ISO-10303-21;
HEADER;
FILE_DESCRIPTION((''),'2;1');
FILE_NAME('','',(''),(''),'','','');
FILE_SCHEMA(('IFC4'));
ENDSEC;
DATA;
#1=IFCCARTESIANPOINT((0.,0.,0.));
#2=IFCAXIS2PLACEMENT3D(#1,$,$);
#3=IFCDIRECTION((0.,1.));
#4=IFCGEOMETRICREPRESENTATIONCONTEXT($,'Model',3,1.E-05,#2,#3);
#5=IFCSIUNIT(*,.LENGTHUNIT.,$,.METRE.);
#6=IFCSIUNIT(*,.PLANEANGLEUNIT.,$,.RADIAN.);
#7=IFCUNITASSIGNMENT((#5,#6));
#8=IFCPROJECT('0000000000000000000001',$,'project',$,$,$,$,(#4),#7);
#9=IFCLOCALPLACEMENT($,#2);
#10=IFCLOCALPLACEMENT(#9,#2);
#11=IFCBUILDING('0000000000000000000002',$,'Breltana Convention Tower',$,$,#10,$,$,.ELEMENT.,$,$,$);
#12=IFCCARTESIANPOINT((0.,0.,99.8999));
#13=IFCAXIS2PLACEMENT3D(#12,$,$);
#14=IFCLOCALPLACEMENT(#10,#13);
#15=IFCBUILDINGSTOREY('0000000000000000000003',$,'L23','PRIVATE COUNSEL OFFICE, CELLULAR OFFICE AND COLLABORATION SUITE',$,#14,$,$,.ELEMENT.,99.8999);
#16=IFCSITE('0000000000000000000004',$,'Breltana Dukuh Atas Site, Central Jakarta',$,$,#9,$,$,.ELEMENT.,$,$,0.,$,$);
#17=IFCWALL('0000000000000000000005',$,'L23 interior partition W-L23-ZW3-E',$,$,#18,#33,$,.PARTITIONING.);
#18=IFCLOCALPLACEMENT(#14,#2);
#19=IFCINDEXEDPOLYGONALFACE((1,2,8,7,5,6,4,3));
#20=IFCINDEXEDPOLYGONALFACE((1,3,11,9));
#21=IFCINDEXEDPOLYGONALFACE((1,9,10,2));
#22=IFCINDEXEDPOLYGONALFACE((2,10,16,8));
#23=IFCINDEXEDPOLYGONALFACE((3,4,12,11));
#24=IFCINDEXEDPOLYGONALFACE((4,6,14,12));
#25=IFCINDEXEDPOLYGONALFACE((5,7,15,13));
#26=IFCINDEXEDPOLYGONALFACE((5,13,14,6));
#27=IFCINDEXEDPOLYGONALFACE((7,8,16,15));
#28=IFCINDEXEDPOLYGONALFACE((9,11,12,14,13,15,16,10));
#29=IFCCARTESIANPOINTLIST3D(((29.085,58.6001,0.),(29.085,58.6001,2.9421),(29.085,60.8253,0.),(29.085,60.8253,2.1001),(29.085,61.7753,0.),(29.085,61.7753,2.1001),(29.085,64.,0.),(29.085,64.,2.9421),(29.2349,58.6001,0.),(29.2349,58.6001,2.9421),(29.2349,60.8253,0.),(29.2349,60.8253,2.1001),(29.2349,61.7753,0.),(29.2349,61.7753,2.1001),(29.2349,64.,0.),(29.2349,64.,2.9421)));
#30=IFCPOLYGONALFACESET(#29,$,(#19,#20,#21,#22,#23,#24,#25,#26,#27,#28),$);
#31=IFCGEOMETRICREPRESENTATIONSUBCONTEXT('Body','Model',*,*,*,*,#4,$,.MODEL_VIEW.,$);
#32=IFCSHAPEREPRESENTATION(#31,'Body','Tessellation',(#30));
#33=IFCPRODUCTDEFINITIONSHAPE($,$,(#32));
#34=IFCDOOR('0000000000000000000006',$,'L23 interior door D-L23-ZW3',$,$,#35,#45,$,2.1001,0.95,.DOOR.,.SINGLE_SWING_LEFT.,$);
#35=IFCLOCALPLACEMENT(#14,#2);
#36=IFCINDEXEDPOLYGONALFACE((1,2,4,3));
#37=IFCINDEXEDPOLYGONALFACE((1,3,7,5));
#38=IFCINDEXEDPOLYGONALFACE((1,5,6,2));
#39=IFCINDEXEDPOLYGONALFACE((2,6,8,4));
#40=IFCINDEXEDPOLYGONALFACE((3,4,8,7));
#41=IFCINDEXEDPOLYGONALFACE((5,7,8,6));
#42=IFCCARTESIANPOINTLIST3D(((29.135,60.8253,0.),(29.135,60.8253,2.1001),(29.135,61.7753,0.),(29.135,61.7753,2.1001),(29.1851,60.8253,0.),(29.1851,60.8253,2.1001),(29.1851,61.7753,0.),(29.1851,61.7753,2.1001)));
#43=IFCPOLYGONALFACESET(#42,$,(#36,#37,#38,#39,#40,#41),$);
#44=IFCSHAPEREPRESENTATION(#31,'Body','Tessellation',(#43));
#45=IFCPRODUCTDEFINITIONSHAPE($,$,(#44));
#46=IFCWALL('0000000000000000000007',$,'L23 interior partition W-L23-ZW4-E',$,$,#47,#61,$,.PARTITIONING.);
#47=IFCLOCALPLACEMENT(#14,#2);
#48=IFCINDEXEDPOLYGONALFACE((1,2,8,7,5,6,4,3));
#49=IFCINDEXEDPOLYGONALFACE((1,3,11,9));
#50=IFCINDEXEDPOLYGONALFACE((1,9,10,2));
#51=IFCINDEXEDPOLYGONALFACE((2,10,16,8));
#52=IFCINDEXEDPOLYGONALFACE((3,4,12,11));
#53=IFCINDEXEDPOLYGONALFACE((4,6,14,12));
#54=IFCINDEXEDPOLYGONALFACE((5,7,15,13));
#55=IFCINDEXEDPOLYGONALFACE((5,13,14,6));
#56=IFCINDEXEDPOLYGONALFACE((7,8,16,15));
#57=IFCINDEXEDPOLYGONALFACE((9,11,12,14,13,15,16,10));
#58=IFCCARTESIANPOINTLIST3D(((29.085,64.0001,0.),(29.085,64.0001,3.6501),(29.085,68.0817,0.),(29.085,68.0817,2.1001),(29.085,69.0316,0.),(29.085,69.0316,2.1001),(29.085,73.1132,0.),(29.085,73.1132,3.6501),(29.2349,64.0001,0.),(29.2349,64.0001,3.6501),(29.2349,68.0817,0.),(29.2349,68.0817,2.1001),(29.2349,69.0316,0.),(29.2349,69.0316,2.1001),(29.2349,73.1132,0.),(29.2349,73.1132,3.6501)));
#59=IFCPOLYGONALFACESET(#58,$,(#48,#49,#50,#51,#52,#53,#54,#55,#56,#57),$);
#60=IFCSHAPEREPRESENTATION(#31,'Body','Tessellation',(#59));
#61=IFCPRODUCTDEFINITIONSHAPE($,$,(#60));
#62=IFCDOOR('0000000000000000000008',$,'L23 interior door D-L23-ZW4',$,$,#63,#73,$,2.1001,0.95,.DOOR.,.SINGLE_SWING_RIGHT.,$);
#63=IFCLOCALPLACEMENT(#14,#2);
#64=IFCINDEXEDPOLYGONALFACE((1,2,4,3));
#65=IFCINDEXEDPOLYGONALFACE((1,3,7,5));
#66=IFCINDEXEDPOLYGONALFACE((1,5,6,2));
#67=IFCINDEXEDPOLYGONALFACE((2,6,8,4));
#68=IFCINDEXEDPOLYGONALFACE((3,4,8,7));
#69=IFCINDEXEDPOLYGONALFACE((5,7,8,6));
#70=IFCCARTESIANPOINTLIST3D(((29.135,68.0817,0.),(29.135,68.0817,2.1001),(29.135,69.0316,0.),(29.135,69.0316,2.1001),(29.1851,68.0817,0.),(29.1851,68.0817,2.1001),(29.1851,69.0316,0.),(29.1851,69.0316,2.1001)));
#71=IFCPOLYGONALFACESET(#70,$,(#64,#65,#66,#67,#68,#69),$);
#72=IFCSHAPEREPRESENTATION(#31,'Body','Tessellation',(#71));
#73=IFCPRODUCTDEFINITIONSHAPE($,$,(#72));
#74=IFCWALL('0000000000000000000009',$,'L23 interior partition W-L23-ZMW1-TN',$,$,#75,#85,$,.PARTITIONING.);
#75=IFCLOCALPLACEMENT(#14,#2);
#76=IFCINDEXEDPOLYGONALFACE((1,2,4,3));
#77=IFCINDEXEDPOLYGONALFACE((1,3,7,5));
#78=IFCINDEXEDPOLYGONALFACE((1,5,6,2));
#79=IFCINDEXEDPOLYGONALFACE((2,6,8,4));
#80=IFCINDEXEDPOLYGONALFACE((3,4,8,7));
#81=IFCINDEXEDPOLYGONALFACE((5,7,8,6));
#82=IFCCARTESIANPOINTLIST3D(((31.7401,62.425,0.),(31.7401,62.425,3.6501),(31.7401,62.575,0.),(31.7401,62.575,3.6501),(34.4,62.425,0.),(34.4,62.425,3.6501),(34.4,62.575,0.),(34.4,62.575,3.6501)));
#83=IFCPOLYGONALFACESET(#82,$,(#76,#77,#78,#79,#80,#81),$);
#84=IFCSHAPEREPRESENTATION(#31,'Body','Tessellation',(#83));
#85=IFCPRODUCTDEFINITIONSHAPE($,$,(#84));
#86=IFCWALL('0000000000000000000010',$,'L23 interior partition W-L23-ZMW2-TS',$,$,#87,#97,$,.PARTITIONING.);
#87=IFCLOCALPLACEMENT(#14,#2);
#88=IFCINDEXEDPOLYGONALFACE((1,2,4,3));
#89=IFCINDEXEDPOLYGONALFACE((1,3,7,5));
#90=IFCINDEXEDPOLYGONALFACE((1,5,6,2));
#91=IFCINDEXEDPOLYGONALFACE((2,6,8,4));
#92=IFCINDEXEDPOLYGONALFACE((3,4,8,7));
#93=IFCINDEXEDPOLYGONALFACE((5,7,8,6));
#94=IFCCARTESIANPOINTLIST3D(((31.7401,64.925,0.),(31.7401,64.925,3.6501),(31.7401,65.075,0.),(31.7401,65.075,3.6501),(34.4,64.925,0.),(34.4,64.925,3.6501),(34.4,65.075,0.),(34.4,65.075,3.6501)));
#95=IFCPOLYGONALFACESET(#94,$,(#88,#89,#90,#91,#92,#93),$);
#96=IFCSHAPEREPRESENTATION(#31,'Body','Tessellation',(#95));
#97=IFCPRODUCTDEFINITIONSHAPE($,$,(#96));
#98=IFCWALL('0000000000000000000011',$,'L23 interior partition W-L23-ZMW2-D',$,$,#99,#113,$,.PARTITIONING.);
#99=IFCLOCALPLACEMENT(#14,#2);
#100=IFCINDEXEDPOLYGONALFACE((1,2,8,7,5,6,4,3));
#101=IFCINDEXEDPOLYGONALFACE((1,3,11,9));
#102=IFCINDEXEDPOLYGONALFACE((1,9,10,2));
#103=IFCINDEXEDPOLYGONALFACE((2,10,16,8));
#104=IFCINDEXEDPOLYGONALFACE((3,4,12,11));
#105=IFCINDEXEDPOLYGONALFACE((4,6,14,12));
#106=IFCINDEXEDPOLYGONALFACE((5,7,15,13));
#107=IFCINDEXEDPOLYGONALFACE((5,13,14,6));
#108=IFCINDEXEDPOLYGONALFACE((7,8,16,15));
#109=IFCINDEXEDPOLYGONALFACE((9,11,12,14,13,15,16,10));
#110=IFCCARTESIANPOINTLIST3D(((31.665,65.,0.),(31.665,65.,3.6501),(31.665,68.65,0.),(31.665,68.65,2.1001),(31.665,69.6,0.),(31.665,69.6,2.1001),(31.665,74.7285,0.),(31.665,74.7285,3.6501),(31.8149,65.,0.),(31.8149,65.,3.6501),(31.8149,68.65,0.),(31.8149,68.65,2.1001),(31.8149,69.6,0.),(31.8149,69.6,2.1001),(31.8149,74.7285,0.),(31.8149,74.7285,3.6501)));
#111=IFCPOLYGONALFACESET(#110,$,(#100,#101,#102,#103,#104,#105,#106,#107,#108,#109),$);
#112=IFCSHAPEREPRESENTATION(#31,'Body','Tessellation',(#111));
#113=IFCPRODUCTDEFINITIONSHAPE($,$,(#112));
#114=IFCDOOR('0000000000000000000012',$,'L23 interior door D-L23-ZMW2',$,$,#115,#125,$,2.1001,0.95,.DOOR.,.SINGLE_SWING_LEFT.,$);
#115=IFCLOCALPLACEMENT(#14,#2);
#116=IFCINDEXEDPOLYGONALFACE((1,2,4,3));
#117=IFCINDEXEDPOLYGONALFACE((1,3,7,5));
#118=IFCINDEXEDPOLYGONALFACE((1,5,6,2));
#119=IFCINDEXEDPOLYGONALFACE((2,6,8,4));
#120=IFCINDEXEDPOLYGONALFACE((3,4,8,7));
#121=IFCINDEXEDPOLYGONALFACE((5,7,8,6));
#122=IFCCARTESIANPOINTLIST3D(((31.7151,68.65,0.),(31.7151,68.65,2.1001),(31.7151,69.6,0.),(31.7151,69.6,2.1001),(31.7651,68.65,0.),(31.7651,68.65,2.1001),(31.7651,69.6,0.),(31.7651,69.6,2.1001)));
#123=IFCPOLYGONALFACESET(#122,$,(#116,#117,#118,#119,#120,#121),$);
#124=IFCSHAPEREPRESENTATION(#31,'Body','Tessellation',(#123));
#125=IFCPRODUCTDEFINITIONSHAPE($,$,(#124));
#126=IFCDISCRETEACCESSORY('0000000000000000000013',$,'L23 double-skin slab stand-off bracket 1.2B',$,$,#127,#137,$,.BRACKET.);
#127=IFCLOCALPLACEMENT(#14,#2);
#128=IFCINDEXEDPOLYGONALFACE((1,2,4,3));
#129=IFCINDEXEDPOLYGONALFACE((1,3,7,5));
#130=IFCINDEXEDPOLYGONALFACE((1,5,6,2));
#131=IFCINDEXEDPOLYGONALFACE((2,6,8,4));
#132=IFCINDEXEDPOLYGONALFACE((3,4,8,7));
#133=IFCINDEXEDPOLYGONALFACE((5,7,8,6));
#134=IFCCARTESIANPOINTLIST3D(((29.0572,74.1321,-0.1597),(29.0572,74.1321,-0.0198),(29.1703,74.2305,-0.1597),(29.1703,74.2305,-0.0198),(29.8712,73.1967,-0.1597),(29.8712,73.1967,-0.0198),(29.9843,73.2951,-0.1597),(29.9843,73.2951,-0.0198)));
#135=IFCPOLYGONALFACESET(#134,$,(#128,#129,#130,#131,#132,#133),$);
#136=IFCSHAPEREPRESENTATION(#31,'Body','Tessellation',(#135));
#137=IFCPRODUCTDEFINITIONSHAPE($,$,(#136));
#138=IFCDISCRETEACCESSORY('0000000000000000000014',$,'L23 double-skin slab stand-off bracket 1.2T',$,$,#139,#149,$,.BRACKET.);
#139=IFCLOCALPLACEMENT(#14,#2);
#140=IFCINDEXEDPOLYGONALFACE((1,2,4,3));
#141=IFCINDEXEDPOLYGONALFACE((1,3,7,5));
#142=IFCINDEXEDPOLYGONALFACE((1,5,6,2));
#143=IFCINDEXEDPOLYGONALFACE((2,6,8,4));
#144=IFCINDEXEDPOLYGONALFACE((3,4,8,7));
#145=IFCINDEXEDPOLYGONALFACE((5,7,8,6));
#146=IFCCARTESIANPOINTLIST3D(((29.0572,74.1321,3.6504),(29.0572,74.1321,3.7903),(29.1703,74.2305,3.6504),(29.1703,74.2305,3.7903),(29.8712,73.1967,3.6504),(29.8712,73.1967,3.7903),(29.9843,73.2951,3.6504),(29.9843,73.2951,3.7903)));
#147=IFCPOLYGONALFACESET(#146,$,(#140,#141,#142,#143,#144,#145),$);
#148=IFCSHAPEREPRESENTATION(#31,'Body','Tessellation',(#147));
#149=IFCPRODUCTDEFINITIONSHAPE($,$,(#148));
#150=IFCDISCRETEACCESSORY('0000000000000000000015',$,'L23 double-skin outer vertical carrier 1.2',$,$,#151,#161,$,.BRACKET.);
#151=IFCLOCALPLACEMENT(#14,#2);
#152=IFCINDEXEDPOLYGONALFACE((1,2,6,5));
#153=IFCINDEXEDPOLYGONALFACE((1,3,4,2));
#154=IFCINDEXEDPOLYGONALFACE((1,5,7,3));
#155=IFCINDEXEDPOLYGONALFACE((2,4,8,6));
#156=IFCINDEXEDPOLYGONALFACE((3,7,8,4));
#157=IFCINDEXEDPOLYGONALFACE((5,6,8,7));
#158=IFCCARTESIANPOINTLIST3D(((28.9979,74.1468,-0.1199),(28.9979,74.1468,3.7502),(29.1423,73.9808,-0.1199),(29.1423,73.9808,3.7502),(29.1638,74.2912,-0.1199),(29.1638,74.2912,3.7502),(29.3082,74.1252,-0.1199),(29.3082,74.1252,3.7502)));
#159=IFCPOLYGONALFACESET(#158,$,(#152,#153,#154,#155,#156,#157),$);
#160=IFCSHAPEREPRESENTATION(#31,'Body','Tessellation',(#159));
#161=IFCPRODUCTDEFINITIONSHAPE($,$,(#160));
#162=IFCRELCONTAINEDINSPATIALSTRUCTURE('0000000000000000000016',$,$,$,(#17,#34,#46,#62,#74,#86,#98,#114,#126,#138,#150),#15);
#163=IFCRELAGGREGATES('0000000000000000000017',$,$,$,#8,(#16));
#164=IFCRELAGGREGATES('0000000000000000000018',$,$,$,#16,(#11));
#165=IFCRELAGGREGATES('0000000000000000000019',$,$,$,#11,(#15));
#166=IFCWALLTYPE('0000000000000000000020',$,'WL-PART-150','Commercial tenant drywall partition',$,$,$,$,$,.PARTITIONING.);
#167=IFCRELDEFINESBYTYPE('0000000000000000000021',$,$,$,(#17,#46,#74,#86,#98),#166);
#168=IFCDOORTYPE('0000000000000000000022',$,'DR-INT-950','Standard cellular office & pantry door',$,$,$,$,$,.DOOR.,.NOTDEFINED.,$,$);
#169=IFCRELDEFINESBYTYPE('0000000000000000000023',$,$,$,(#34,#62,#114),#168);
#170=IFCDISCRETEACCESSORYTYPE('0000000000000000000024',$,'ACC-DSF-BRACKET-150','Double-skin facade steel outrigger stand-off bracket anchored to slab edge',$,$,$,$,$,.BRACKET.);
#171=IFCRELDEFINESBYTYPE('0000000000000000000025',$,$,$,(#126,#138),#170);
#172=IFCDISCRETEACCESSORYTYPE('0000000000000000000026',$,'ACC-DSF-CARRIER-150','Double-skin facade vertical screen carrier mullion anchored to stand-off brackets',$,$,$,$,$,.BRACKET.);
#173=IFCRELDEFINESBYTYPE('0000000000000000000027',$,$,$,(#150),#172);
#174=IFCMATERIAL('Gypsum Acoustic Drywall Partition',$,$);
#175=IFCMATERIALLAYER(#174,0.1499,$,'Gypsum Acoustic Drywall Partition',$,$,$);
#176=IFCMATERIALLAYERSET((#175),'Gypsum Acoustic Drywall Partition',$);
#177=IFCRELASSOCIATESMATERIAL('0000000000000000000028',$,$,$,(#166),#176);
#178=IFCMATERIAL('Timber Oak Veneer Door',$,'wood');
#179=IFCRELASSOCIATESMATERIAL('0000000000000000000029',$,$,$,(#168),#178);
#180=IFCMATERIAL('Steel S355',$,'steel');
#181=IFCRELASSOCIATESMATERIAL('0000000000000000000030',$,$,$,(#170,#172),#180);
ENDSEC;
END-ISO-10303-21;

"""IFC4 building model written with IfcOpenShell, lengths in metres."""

from ifc_helpers import new_model, si_unit, direction, frame, frame_2d, origin, origin_2d, place, context, subcontext, project, spatial, rectangle, extrude, source, transform, mapped, material, layer, layer_set, type_object, type_shapes, element, fill, save


model = new_model("IFC4")

# Units and contexts
model_context = context("Model", 3, precision=1e-05, world=origin(), true_north=direction((0.0, 1.0)))
body_context = subcontext(model_context, "Body", "Model", "MODEL_VIEW")
ifc_project = project(units=[si_unit("LENGTHUNIT", "METRE"), si_unit("PLANEANGLEUNIT", "RADIAN")], contexts=[model_context])

# Site, building, storey
site_placement = place(None, origin())
site = spatial("IfcSite", under=ifc_project, at=site_placement, Name="Breltana Dukuh Atas Site, Central Jakarta", CompositionType="ELEMENT", RefElevation=0.0)
building_placement = place(site_placement, origin())
building = spatial("IfcBuilding", under=site, at=building_placement, Name="Breltana Convention Tower", CompositionType="ELEMENT")
storey_placement = place(building_placement, frame((0.0, 0.0, 99.8999)))
storey = spatial("IfcBuildingStorey", under=building, at=storey_placement, Name="L23", Description="PRIVATE COUNSEL OFFICE, CELLULAR OFFICE AND COLLABORATION SUITE", CompositionType="ELEMENT", Elevation=99.8999)

# Shared definitions
ifc_material_1 = material(Name="Gypsum Acoustic Drywall Partition")
ifc_layer_1 = layer(ifc_material_1, 0.1499, Name="Gypsum Acoustic Drywall Partition")
ifc_layer_set_1 = layer_set([ifc_layer_1], Name="Gypsum Acoustic Drywall Partition")
wall_type_1 = type_object("IfcWallType", Name="WL-PART-150", Description="Commercial tenant drywall partition", PredefinedType="PARTITIONING", material=ifc_layer_set_1)

# Walls, openings, doors
shared_shape_1 = source(origin(), body_context, "Body", "SweptSolid", [
    extrude(rectangle(XDim=5.3999, YDim=0.1499, at=frame_2d((2.7, 0.0))), origin(), (0.0, 0.0, 1.0), 2.9421),
])
wall_1_placement = place(storey_placement, frame((29.1599, 58.6001, 0.0), z_axis=(0.0, 0.0, 1.0), x_axis=(0.0, 1.0, 0.0)))
wall_1 = element("IfcWall", 1, at=wall_1_placement, inside=storey, type_object=wall_type_1, Name="L23 interior partition W-L23-ZW3-E", PredefinedType="PARTITIONING", context=body_context, shape_type="MappedRepresentation", body=[
    mapped(shared_shape_1, transform((0.0, 0.0, 0.0), scale=1.0)),
])
opening_1_placement = place(wall_1_placement, frame((2.2251, 0.0, 0.0)))
opening_1 = element("IfcOpeningElement", 2, at=opening_1_placement, cuts=wall_1, PredefinedType="OPENING", context=body_context, shape_type="SweptSolid", body=[
    extrude(rectangle(XDim=0.95, YDim=2.1001, at=frame_2d((0.4751, 1.05))), frame((0.0, 0.085, 0.0), z_axis=(0.0, -1.0, 0.0), x_axis=(1.0, 0.0, 0.0)), (0.0, 0.0, 1.0), 0.1699),
])
ifc_material_2 = material(Name="Timber Oak Veneer Door", Category="wood")
door_type = type_object("IfcDoorType", Name="DR-INT-950", Description="Standard cellular office & pantry door", OperationType="NOTDEFINED", PredefinedType="DOOR", material=ifc_material_2)
shared_shape_2 = source(origin(), body_context, "Body", "SweptSolid", [
    extrude(rectangle(XDim=0.95, YDim=2.1001, at=frame_2d((0.4751, 1.05))), frame((0.0, 0.0249, 0.0), z_axis=(0.0, -1.0, 0.0), x_axis=(1.0, 0.0, 0.0)), (0.0, 0.0, 1.0), 0.05),
])
type_shapes(door_type, [shared_shape_2])
door_1_placement = place(opening_1_placement, origin())
door_1 = element("IfcDoor", 3, at=door_1_placement, inside=storey, type_object=door_type, Name="L23 interior door D-L23-ZW3", OperationType="SINGLE_SWING_LEFT", OverallHeight=2.1001, OverallWidth=0.95, PredefinedType="DOOR", context=body_context, shape_type="MappedRepresentation", body=[
    mapped(shared_shape_2, transform((0.0, 0.0, 0.0), scale=1.0)),
])
fill(opening_1, door_1)
shared_shape_3 = source(origin(), body_context, "Body", "SweptSolid", [
    extrude(rectangle(XDim=9.113, YDim=0.1499, at=frame_2d((4.5566, 0.0))), origin(), (0.0, 0.0, 1.0), 3.6501),
])
wall_2_placement = place(storey_placement, frame((29.1599, 64.0, 0.0), z_axis=(0.0, 0.0, 1.0), x_axis=(0.0, 1.0, 0.0)))
wall_2 = element("IfcWall", 4, at=wall_2_placement, inside=storey, type_object=wall_type_1, Name="L23 interior partition W-L23-ZW4-E", PredefinedType="PARTITIONING", context=body_context, shape_type="MappedRepresentation", body=[
    mapped(shared_shape_3, transform((0.0, 0.0, 0.0), scale=1.0)),
])
opening_2_placement = place(wall_2_placement, frame((4.0815, 0.0, 0.0)))
opening_2 = element("IfcOpeningElement", 5, at=opening_2_placement, cuts=wall_2, PredefinedType="OPENING", context=body_context, shape_type="SweptSolid", body=[
    extrude(rectangle(XDim=0.95, YDim=2.1001, at=frame_2d((0.4751, 1.05))), frame((0.0, 0.085, 0.0), z_axis=(0.0, -1.0, 0.0), x_axis=(1.0, 0.0, 0.0)), (0.0, 0.0, 1.0), 0.1699),
])
door_2_placement = place(opening_2_placement, origin())
door_2 = element("IfcDoor", 6, at=door_2_placement, inside=storey, type_object=door_type, Name="L23 interior door D-L23-ZW4", OperationType="SINGLE_SWING_RIGHT", OverallHeight=2.1001, OverallWidth=0.95, PredefinedType="DOOR", context=body_context, shape_type="MappedRepresentation", body=[
    mapped(shared_shape_2, transform((0.0, 0.0, 0.0), scale=1.0)),
])
fill(opening_2, door_2)

# Walls
shared_shape_4 = source(origin(), body_context, "Body", "SweptSolid", [
    extrude(rectangle(XDim=2.6599, YDim=0.1499, at=frame_2d((1.3301, 0.0))), origin(), (0.0, 0.0, 1.0), 3.6501),
])
for number, where, z_axis, x_axis, name in (
    (7, (31.74, 62.5, 0.0), (0.0, 0.0, 1.0), (1.0, 0.0, 0.0), "L23 interior partition W-L23-ZMW1-TN"),
    (8, (31.74, 65.0, 0.0), (0.0, 0.0, 1.0), (1.0, 0.0, 0.0), "L23 interior partition W-L23-ZMW2-TS"),
):
    element("IfcWall", number, at=place(storey_placement, frame(where, z_axis=z_axis, x_axis=x_axis)), inside=storey, type_object=wall_type_1, Name=name, PredefinedType="PARTITIONING", context=body_context, shape_type="MappedRepresentation", body=[
        mapped(shared_shape_4, transform((0.0, 0.0, 0.0), scale=1.0)),
    ])

# Wall, opening, door
shared_shape_5 = source(origin(), body_context, "Body", "SweptSolid", [
    extrude(rectangle(XDim=9.7285, YDim=0.1499, at=frame_2d((4.8643, 0.0))), origin(), (0.0, 0.0, 1.0), 3.6501),
])
wall_3_placement = place(storey_placement, frame((31.74, 65.0, 0.0), z_axis=(0.0, 0.0, 1.0), x_axis=(0.0, 1.0, 0.0)))
wall_3 = element("IfcWall", 9, at=wall_3_placement, inside=storey, type_object=wall_type_1, Name="L23 interior partition W-L23-ZMW2-D", PredefinedType="PARTITIONING", context=body_context, shape_type="MappedRepresentation", body=[
    mapped(shared_shape_5, transform((0.0, 0.0, 0.0), scale=1.0)),
])
opening_3_placement = place(wall_3_placement, frame((3.6499, 0.0, 0.0)))
opening_3 = element("IfcOpeningElement", 10, at=opening_3_placement, cuts=wall_3, PredefinedType="OPENING", context=body_context, shape_type="SweptSolid", body=[
    extrude(rectangle(XDim=0.95, YDim=2.1001, at=frame_2d((0.4751, 1.05))), frame((0.0, 0.085, 0.0), z_axis=(0.0, -1.0, 0.0), x_axis=(1.0, 0.0, 0.0)), (0.0, 0.0, 1.0), 0.1699),
])
door_3_placement = place(opening_3_placement, origin())
door_3 = element("IfcDoor", 11, at=door_3_placement, inside=storey, type_object=door_type, Name="L23 interior door D-L23-ZMW2", OperationType="SINGLE_SWING_LEFT", OverallHeight=2.1001, OverallWidth=0.95, PredefinedType="DOOR", context=body_context, shape_type="MappedRepresentation", body=[
    mapped(shared_shape_2, transform((0.0, 0.0, 0.0), scale=1.0)),
])
fill(opening_3, door_3)

# Discrete accessories
ifc_material_3 = material(Name="Steel S355", Category="steel")
discrete_accessory_type_1 = type_object("IfcDiscreteAccessoryType", Name="ACC-DSF-BRACKET-150", Description="Double-skin facade steel outrigger stand-off bracket anchored to slab edge", PredefinedType="BRACKET", material=ifc_material_3)
shared_shape_6 = source(origin(), body_context, "Body", "SweptSolid", [
    extrude(rectangle(XDim=1.24, YDim=0.1499, at=origin_2d()), origin(), (0.0, 0.0, 1.0), 0.1399),
])
type_shapes(discrete_accessory_type_1, [shared_shape_6])
for number, where, z_axis, x_axis, name in (
    (12, (29.5208, 73.7136, -0.1597), (0.0, 0.0, 1.0), (-0.656454, 0.754366, 0.0), "L23 double-skin slab stand-off bracket 1.2B"),
    (13, (29.5208, 73.7136, 3.6504), (0.0, 0.0, 1.0), (-0.656454, 0.754366, 0.0), "L23 double-skin slab stand-off bracket 1.2T"),
):
    element("IfcDiscreteAccessory", number, at=place(storey_placement, frame(where, z_axis=z_axis, x_axis=x_axis)), inside=storey, type_object=discrete_accessory_type_1, Name=name, PredefinedType="BRACKET", context=body_context, shape_type="MappedRepresentation", body=[
        mapped(shared_shape_6, transform((0.0, 0.0, 0.0), scale=1.0)),
    ])
discrete_accessory_type_2 = type_object("IfcDiscreteAccessoryType", Name="ACC-DSF-CARRIER-150", Description="Double-skin facade vertical screen carrier mullion anchored to stand-off brackets", PredefinedType="BRACKET", material=ifc_material_3)
shared_shape_7 = source(origin(), body_context, "Body", "SweptSolid", [
    extrude(rectangle(XDim=0.22, YDim=0.22, at=origin_2d()), origin(), (0.0, 0.0, 1.0), 3.8701),
])
discrete_accessory_placement = place(storey_placement, frame((29.1531, 74.136, -0.1199), z_axis=(0.0, 0.0, 1.0), x_axis=(-0.656454, 0.754366, 0.0)))
element("IfcDiscreteAccessory", 14, at=discrete_accessory_placement, inside=storey, type_object=discrete_accessory_type_2, Name="L23 double-skin outer vertical carrier 1.2", PredefinedType="BRACKET", context=body_context, shape_type="MappedRepresentation", body=[
    mapped(shared_shape_7, transform((0.0, 0.0, 0.0), scale=1.0)),
])

save(model, "model.ifc")
